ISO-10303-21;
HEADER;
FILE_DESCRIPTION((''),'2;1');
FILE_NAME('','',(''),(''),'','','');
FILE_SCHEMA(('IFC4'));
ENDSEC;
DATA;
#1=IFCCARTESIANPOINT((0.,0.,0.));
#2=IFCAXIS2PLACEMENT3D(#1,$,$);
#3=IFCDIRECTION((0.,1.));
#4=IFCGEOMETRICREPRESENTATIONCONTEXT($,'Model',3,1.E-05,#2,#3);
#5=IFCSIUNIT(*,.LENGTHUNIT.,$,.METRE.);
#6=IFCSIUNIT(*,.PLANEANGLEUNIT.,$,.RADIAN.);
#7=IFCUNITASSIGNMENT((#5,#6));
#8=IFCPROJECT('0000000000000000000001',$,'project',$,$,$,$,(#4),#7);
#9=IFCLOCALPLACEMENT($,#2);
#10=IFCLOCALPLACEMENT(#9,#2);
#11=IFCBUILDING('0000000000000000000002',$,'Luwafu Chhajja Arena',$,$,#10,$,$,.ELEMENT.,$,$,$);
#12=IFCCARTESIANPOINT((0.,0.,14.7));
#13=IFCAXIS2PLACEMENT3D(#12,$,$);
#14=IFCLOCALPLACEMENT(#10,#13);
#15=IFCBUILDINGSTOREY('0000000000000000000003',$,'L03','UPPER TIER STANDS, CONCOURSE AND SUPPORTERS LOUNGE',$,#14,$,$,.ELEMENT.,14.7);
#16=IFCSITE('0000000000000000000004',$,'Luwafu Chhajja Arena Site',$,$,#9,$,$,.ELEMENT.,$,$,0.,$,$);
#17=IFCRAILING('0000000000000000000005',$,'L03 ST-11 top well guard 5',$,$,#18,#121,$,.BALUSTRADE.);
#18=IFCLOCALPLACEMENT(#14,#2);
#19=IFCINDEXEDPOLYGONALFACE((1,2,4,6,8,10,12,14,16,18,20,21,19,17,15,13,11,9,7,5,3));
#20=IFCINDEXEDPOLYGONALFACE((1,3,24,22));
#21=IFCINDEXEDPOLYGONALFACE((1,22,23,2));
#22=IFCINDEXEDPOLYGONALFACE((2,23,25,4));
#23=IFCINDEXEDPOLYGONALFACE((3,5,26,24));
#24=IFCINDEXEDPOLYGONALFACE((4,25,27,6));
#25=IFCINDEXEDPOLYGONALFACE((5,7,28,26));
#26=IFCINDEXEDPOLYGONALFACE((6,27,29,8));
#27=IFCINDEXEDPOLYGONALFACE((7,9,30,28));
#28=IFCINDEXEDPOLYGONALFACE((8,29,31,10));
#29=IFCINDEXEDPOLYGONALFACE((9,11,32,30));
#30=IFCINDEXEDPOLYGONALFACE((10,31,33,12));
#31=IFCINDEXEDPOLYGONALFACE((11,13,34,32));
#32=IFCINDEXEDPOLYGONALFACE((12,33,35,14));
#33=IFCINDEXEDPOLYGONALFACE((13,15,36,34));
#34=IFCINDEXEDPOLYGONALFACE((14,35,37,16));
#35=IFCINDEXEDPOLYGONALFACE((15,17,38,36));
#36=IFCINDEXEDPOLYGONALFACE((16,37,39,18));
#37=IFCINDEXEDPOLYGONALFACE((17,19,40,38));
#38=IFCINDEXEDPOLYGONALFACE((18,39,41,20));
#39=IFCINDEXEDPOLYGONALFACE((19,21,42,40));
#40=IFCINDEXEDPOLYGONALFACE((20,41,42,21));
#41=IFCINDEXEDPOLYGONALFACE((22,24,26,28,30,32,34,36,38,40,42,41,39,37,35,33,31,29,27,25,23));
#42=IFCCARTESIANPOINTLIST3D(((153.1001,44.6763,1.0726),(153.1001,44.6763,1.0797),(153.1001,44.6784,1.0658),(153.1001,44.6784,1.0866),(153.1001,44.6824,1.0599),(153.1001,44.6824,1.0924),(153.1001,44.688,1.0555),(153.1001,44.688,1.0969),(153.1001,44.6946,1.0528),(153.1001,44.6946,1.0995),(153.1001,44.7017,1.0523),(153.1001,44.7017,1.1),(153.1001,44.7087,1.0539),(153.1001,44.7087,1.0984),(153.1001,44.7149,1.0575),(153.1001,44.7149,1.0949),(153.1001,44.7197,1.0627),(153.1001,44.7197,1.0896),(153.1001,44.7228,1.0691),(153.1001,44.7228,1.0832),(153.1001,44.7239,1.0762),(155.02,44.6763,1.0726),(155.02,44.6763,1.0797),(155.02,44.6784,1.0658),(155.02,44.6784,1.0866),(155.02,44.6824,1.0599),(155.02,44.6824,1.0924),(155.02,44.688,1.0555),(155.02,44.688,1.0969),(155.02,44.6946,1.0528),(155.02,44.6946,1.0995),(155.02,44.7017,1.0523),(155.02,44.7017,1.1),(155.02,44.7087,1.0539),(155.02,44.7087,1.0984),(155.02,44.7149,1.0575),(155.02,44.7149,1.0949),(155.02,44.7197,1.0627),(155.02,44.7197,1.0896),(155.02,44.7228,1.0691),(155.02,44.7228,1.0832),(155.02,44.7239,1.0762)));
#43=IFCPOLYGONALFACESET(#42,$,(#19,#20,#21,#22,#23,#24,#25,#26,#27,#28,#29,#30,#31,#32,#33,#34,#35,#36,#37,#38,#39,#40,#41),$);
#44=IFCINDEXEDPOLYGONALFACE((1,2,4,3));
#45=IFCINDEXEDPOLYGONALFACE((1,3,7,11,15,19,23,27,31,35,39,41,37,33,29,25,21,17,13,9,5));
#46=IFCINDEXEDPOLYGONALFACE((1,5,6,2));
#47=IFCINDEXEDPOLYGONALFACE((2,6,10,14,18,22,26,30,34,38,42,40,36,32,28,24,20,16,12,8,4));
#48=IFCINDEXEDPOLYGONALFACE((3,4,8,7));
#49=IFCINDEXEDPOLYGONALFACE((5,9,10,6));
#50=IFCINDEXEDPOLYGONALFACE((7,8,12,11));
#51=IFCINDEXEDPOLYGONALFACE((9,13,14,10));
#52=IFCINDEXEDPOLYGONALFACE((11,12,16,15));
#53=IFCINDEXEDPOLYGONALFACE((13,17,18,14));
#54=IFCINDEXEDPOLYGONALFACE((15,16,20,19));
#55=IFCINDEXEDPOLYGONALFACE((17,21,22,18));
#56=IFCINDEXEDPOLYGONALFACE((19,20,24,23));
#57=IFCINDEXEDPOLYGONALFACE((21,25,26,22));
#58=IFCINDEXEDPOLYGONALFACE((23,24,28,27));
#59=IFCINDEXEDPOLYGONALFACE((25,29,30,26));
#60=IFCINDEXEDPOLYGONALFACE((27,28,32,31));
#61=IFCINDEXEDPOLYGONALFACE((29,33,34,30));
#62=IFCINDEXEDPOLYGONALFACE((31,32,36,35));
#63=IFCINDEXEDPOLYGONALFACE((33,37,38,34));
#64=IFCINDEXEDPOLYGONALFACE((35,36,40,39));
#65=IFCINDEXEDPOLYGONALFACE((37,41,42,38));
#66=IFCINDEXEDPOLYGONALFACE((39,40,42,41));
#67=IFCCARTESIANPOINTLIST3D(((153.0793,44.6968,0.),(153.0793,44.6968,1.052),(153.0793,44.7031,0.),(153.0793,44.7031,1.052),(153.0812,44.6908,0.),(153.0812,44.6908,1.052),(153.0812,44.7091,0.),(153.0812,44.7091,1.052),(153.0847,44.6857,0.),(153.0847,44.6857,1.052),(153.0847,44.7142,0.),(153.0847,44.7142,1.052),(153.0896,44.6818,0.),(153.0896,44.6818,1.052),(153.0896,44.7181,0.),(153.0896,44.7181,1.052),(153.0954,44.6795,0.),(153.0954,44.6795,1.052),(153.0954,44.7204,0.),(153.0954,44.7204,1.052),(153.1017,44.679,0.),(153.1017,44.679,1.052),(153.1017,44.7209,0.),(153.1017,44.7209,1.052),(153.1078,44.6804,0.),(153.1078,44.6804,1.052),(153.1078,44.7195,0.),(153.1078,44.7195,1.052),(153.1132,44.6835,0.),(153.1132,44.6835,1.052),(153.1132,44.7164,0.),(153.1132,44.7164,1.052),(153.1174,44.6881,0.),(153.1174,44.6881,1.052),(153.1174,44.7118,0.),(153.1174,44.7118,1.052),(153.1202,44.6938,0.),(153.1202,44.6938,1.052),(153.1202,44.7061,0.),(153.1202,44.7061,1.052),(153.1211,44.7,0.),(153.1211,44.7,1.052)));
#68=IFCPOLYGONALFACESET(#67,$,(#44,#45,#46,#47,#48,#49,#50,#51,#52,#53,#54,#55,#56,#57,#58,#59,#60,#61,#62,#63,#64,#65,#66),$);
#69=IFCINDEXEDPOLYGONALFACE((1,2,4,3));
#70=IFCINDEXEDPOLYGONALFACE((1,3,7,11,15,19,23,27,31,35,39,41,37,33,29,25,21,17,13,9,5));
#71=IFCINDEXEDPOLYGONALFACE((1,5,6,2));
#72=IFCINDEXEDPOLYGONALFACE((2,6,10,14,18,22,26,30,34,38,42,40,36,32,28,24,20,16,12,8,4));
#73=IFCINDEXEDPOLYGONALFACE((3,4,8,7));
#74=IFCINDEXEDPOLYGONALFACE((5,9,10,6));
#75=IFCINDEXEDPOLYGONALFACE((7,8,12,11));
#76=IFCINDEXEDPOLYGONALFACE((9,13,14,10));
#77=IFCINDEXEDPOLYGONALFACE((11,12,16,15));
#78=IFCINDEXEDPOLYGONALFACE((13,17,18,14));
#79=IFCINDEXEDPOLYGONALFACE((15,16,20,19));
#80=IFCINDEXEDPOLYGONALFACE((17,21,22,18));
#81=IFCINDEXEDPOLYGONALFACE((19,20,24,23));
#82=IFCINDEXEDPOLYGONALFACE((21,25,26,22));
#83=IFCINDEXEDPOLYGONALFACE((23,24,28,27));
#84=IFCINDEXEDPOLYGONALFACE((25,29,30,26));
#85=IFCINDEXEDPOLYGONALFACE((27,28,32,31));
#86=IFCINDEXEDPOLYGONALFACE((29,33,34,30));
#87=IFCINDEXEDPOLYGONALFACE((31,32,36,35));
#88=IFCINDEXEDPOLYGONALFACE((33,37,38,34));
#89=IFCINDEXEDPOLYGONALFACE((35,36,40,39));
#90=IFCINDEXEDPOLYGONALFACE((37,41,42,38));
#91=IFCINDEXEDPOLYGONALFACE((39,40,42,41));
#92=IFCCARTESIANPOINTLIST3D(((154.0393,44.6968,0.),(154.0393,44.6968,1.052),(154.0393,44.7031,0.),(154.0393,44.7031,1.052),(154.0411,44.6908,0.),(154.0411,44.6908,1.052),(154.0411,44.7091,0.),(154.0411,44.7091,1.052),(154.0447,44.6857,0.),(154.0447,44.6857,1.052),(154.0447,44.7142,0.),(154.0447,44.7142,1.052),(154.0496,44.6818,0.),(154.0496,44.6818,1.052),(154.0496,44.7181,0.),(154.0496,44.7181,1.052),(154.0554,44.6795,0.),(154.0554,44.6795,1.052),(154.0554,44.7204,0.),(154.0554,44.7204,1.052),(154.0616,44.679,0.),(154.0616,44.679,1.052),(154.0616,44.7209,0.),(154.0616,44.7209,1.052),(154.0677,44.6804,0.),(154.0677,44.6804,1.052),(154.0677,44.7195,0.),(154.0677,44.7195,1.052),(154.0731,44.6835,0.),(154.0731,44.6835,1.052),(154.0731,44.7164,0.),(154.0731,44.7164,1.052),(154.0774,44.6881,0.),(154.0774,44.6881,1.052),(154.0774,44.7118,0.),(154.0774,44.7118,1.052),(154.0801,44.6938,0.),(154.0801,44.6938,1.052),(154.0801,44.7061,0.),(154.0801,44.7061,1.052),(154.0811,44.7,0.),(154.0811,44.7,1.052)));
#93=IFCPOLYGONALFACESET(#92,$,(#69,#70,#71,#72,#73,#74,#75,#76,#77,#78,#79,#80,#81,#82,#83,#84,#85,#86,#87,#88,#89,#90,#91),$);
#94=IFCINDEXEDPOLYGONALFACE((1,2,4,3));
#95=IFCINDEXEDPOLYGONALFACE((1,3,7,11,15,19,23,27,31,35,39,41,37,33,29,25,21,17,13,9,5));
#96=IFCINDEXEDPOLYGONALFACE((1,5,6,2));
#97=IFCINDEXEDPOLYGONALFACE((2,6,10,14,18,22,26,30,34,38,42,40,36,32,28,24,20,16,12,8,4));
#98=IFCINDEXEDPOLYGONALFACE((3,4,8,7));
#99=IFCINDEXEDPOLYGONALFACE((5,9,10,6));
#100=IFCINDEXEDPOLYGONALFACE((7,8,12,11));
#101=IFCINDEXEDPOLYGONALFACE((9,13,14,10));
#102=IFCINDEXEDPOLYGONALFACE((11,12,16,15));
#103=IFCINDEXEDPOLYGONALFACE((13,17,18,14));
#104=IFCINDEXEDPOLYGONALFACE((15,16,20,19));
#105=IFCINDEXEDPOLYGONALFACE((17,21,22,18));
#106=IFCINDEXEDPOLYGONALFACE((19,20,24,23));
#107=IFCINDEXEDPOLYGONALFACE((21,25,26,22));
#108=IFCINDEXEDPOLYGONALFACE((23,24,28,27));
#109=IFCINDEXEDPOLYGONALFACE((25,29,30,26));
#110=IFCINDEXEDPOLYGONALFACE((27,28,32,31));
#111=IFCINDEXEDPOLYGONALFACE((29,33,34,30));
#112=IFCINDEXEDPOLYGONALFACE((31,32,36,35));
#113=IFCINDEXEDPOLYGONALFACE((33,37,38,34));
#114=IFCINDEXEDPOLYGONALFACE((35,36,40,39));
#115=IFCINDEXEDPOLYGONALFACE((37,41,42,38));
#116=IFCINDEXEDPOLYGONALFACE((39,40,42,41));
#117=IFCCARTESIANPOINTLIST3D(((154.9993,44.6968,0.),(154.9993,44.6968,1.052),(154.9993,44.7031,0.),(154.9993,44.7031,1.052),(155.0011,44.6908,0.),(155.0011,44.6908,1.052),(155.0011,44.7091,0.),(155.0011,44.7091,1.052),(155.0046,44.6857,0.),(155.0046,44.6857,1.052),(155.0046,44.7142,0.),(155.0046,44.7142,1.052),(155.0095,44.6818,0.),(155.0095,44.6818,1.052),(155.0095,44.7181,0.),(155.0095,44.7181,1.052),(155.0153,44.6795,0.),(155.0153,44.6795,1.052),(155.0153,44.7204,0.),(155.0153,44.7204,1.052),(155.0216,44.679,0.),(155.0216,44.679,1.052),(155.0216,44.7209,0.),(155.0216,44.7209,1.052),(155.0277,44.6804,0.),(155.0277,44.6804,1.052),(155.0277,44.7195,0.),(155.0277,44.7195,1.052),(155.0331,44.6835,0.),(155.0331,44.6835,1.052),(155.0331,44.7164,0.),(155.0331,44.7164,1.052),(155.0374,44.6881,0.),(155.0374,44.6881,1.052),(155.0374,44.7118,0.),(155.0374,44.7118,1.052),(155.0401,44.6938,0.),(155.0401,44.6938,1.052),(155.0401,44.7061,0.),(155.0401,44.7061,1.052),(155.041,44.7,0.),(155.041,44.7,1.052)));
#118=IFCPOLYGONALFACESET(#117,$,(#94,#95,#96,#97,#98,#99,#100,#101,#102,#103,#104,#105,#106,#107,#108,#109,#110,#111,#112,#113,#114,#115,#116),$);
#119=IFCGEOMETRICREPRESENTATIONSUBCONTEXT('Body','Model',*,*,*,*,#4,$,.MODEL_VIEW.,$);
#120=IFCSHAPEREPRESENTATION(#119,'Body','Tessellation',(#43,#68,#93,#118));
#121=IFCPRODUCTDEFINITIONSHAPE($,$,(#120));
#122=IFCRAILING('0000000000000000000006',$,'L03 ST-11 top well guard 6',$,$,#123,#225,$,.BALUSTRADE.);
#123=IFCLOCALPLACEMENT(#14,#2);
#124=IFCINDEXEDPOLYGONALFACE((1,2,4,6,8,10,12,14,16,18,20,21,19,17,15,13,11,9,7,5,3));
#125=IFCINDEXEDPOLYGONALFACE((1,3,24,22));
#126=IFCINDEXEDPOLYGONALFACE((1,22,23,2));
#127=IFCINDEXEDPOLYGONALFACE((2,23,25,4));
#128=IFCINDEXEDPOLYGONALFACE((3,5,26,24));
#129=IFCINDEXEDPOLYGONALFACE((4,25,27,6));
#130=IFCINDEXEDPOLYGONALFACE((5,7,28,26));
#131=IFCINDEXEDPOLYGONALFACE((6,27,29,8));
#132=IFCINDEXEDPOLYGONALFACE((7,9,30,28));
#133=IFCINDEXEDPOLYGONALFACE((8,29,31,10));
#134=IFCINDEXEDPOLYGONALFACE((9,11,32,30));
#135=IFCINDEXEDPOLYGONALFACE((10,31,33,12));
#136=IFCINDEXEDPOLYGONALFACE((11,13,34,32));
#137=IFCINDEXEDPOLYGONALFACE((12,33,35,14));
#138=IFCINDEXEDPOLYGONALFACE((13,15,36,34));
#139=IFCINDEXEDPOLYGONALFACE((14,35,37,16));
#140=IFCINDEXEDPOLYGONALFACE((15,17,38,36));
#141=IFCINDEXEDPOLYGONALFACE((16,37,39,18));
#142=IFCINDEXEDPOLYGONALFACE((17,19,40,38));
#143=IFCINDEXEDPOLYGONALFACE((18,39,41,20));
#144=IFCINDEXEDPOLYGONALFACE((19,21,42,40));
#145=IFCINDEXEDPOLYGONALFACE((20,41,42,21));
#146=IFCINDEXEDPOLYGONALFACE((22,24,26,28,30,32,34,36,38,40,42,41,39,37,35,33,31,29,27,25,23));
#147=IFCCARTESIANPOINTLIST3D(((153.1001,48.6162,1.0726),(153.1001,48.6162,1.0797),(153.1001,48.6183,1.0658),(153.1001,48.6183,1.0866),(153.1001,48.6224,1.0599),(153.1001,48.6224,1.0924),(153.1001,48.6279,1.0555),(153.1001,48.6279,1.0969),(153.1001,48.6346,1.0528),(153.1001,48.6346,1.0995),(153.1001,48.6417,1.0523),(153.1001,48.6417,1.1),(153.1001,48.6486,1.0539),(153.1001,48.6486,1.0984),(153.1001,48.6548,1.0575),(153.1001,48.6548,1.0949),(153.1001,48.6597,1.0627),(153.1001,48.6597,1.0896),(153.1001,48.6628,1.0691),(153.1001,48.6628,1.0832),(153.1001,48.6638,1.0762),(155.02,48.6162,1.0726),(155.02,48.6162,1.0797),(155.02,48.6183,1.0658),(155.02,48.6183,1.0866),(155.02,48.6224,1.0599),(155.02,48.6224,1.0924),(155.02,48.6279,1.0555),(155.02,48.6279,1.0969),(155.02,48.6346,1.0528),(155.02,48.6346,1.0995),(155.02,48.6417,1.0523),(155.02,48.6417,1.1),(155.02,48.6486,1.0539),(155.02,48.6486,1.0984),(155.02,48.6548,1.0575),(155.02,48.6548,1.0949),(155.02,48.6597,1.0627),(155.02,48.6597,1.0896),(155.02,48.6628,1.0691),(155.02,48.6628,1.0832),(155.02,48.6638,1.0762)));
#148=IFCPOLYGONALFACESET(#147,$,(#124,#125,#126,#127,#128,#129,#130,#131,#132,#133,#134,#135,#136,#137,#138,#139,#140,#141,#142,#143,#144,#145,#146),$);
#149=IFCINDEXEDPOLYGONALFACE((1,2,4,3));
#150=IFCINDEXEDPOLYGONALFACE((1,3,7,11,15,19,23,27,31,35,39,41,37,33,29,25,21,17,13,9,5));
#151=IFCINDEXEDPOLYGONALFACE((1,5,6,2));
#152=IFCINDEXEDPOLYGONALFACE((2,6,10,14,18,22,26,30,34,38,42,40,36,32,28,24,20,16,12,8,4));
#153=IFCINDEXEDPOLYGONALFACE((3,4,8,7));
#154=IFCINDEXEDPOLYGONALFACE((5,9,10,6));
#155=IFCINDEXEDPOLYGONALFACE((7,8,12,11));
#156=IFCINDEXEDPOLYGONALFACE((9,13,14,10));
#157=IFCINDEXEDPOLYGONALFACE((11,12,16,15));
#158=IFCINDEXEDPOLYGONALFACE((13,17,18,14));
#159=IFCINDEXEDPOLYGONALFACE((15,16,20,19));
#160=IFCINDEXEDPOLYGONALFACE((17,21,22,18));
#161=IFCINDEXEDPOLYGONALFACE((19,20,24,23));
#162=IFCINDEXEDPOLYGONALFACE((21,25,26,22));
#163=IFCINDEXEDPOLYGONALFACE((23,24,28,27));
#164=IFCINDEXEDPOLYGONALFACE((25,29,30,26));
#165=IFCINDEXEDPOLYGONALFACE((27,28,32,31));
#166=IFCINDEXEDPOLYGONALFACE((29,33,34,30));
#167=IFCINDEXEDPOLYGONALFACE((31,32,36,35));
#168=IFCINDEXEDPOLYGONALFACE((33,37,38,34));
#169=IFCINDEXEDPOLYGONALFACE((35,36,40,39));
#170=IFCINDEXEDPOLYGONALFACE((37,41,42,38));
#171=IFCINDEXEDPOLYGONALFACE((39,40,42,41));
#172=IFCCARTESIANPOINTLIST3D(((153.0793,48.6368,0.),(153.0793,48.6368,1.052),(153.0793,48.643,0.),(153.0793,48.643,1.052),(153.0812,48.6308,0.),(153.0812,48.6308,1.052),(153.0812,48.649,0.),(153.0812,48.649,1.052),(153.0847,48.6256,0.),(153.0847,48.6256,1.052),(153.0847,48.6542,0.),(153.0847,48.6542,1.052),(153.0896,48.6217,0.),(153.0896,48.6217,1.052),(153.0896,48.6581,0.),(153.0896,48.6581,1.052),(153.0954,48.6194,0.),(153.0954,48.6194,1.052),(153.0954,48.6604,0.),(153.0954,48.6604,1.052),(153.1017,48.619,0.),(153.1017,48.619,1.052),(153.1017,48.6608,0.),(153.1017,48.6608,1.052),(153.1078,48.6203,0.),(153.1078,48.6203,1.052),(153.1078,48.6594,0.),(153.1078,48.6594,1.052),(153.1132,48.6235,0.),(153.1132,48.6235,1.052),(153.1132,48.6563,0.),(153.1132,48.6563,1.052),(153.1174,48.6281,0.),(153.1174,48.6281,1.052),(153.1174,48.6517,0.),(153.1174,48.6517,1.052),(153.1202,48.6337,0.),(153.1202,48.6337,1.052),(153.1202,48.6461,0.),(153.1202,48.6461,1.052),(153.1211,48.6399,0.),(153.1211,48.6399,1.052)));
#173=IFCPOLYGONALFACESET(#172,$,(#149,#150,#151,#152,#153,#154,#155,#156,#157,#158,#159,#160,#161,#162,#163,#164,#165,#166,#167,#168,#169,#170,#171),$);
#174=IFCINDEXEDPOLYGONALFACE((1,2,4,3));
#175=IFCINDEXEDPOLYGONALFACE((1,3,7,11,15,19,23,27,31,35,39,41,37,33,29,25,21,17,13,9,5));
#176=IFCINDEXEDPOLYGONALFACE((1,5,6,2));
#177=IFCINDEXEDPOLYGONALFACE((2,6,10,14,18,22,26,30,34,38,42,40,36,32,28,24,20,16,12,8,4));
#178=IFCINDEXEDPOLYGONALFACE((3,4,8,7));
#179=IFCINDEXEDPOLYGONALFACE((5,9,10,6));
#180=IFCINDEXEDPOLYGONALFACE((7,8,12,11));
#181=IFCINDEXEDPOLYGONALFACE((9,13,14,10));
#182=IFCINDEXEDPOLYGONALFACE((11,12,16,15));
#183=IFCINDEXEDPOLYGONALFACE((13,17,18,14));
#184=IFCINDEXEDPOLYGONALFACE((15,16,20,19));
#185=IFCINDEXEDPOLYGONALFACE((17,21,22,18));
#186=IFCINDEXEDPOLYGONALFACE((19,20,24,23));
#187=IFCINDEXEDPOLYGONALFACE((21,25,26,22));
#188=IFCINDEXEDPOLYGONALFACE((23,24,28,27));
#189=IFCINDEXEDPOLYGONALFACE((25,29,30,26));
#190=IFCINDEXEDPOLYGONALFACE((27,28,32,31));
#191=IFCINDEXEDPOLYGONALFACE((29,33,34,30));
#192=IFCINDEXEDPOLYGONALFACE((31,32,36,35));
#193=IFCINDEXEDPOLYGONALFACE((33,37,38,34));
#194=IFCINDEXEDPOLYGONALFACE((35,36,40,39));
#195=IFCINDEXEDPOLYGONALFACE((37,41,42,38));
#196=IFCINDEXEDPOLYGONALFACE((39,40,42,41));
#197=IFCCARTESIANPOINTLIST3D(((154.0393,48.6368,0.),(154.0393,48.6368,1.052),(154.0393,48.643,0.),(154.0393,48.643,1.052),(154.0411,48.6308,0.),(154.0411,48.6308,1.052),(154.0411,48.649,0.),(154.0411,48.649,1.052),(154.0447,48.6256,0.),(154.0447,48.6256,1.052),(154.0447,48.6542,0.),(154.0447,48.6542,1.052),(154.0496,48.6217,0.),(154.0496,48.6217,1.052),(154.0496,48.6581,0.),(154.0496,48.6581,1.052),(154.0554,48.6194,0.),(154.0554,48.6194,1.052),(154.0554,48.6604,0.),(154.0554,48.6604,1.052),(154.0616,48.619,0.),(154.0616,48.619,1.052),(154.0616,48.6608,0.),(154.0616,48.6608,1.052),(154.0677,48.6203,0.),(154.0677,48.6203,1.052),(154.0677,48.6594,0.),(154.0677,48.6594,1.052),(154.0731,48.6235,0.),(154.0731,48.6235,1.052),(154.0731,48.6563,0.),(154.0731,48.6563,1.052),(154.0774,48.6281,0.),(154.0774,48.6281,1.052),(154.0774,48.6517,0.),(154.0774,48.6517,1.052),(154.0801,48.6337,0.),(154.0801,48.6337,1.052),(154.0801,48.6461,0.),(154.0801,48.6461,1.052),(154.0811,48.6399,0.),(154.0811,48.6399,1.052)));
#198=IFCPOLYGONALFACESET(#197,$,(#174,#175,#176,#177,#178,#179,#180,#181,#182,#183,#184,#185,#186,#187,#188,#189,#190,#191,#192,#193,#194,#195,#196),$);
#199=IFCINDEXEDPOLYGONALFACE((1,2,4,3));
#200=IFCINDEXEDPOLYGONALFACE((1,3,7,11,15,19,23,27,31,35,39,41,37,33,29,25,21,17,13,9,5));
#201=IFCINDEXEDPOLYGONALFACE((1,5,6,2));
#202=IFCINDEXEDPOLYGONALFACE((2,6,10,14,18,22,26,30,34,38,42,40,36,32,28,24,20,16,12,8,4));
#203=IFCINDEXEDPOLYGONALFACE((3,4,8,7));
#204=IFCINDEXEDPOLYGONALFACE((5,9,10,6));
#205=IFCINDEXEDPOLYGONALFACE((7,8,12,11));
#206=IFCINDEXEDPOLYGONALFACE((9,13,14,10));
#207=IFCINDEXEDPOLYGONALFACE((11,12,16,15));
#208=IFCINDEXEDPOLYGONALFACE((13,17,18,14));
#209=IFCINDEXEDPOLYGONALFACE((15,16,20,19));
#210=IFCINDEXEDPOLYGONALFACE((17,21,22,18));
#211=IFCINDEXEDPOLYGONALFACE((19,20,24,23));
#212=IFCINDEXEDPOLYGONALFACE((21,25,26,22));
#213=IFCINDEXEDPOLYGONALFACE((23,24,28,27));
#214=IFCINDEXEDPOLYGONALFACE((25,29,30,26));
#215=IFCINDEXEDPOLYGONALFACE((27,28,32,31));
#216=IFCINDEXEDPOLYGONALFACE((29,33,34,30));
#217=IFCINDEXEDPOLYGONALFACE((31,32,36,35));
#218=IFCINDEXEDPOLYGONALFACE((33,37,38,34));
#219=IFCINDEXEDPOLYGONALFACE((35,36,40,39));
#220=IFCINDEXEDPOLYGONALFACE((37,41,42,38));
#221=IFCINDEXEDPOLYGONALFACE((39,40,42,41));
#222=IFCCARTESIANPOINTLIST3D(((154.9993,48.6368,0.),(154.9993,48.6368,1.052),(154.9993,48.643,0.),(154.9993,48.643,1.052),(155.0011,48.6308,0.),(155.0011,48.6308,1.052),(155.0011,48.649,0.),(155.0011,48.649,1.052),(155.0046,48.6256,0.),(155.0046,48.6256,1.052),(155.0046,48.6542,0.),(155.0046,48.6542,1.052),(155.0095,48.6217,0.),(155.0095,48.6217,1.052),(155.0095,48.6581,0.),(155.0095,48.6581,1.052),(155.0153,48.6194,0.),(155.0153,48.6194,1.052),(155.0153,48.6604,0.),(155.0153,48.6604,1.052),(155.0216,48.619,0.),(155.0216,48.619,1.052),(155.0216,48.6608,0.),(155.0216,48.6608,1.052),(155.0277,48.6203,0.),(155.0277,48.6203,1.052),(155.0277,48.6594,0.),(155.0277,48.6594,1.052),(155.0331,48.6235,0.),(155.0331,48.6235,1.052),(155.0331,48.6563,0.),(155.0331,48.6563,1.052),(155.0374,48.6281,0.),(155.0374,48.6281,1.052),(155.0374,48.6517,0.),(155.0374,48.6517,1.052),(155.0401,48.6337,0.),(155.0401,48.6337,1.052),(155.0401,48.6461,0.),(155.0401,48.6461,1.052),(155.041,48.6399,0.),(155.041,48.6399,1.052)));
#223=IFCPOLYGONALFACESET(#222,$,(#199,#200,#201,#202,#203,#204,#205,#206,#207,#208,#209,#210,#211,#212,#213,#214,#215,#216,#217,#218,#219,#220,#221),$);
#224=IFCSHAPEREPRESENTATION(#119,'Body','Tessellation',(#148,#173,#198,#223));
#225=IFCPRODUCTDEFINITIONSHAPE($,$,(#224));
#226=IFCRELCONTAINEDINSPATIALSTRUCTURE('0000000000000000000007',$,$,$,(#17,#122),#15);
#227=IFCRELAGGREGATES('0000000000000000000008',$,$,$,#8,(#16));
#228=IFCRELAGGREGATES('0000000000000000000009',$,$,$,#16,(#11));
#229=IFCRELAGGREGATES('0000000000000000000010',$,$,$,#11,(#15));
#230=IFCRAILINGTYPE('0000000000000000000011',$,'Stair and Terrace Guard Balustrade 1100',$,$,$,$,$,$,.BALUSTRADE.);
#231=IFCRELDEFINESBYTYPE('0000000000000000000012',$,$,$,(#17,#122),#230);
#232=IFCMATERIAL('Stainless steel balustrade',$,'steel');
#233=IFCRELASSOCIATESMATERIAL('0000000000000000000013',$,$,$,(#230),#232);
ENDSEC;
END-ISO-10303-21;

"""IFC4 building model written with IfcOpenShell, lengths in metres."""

from ifc_helpers import new_model, si_unit, direction, frame, origin, origin_2d, place, context, subcontext, project, spatial, circle, extrude, material, type_object, element, save


model = new_model("IFC4")

# Units and contexts
model_context = context("Model", 3, precision=1e-05, world=origin(), true_north=direction((0.0, 1.0)))
body_context = subcontext(model_context, "Body", "Model", "MODEL_VIEW")
ifc_project = project(units=[si_unit("LENGTHUNIT", "METRE"), si_unit("PLANEANGLEUNIT", "RADIAN")], contexts=[model_context])

# Site, building, storey
site_placement = place(None, origin())
site = spatial("IfcSite", under=ifc_project, at=site_placement, Name="Luwafu Chhajja Arena Site", CompositionType="ELEMENT", RefElevation=0.0)
building_placement = place(site_placement, origin())
building = spatial("IfcBuilding", under=site, at=building_placement, Name="Luwafu Chhajja Arena", CompositionType="ELEMENT")
storey_placement = place(building_placement, frame((0.0, 0.0, 14.7)))
storey = spatial("IfcBuildingStorey", under=building, at=storey_placement, Name="L03", Description="UPPER TIER STANDS, CONCOURSE AND SUPPORTERS LOUNGE", CompositionType="ELEMENT", Elevation=14.7)

# Railings
ifc_material_1 = material(Name="Stainless steel balustrade", Category="steel")
railing_type = type_object("IfcRailingType", Name="Stair and Terrace Guard Balustrade 1100", PredefinedType="BALUSTRADE", material=ifc_material_1)
for number, where, name in (
    (1, (153.1001, 44.7, 0.0), "L03 ST-11 top well guard 5"),
    (2, (153.1001, 48.6399, 0.0), "L03 ST-11 top well guard 6"),
):
    element("IfcRailing", number, at=place(storey_placement, frame(where)), inside=storey, type_object=railing_type, Name=name, PredefinedType="BALUSTRADE", context=body_context, shape_type="SweptSolid", body=[
        extrude(circle(Radius=0.0239, at=origin_2d()), frame((0.0, 0.0, 1.0762), z_axis=(1.0, 0.0, 0.0), x_axis=(0.0, 1.0, 0.0)), (0.0, 0.0, 1.0), 1.9199),
        extrude(circle(Radius=0.021, at=origin_2d()), origin(), (0.0, 0.0, 1.0), 1.052),
        extrude(circle(Radius=0.021, at=origin_2d()), frame((0.96, 0.0, 0.0)), (0.0, 0.0, 1.0), 1.052),
        extrude(circle(Radius=0.021, at=origin_2d()), frame((1.9199, 0.0, 0.0)), (0.0, 0.0, 1.0), 1.052),
    ])

save(model, "model.ifc")
